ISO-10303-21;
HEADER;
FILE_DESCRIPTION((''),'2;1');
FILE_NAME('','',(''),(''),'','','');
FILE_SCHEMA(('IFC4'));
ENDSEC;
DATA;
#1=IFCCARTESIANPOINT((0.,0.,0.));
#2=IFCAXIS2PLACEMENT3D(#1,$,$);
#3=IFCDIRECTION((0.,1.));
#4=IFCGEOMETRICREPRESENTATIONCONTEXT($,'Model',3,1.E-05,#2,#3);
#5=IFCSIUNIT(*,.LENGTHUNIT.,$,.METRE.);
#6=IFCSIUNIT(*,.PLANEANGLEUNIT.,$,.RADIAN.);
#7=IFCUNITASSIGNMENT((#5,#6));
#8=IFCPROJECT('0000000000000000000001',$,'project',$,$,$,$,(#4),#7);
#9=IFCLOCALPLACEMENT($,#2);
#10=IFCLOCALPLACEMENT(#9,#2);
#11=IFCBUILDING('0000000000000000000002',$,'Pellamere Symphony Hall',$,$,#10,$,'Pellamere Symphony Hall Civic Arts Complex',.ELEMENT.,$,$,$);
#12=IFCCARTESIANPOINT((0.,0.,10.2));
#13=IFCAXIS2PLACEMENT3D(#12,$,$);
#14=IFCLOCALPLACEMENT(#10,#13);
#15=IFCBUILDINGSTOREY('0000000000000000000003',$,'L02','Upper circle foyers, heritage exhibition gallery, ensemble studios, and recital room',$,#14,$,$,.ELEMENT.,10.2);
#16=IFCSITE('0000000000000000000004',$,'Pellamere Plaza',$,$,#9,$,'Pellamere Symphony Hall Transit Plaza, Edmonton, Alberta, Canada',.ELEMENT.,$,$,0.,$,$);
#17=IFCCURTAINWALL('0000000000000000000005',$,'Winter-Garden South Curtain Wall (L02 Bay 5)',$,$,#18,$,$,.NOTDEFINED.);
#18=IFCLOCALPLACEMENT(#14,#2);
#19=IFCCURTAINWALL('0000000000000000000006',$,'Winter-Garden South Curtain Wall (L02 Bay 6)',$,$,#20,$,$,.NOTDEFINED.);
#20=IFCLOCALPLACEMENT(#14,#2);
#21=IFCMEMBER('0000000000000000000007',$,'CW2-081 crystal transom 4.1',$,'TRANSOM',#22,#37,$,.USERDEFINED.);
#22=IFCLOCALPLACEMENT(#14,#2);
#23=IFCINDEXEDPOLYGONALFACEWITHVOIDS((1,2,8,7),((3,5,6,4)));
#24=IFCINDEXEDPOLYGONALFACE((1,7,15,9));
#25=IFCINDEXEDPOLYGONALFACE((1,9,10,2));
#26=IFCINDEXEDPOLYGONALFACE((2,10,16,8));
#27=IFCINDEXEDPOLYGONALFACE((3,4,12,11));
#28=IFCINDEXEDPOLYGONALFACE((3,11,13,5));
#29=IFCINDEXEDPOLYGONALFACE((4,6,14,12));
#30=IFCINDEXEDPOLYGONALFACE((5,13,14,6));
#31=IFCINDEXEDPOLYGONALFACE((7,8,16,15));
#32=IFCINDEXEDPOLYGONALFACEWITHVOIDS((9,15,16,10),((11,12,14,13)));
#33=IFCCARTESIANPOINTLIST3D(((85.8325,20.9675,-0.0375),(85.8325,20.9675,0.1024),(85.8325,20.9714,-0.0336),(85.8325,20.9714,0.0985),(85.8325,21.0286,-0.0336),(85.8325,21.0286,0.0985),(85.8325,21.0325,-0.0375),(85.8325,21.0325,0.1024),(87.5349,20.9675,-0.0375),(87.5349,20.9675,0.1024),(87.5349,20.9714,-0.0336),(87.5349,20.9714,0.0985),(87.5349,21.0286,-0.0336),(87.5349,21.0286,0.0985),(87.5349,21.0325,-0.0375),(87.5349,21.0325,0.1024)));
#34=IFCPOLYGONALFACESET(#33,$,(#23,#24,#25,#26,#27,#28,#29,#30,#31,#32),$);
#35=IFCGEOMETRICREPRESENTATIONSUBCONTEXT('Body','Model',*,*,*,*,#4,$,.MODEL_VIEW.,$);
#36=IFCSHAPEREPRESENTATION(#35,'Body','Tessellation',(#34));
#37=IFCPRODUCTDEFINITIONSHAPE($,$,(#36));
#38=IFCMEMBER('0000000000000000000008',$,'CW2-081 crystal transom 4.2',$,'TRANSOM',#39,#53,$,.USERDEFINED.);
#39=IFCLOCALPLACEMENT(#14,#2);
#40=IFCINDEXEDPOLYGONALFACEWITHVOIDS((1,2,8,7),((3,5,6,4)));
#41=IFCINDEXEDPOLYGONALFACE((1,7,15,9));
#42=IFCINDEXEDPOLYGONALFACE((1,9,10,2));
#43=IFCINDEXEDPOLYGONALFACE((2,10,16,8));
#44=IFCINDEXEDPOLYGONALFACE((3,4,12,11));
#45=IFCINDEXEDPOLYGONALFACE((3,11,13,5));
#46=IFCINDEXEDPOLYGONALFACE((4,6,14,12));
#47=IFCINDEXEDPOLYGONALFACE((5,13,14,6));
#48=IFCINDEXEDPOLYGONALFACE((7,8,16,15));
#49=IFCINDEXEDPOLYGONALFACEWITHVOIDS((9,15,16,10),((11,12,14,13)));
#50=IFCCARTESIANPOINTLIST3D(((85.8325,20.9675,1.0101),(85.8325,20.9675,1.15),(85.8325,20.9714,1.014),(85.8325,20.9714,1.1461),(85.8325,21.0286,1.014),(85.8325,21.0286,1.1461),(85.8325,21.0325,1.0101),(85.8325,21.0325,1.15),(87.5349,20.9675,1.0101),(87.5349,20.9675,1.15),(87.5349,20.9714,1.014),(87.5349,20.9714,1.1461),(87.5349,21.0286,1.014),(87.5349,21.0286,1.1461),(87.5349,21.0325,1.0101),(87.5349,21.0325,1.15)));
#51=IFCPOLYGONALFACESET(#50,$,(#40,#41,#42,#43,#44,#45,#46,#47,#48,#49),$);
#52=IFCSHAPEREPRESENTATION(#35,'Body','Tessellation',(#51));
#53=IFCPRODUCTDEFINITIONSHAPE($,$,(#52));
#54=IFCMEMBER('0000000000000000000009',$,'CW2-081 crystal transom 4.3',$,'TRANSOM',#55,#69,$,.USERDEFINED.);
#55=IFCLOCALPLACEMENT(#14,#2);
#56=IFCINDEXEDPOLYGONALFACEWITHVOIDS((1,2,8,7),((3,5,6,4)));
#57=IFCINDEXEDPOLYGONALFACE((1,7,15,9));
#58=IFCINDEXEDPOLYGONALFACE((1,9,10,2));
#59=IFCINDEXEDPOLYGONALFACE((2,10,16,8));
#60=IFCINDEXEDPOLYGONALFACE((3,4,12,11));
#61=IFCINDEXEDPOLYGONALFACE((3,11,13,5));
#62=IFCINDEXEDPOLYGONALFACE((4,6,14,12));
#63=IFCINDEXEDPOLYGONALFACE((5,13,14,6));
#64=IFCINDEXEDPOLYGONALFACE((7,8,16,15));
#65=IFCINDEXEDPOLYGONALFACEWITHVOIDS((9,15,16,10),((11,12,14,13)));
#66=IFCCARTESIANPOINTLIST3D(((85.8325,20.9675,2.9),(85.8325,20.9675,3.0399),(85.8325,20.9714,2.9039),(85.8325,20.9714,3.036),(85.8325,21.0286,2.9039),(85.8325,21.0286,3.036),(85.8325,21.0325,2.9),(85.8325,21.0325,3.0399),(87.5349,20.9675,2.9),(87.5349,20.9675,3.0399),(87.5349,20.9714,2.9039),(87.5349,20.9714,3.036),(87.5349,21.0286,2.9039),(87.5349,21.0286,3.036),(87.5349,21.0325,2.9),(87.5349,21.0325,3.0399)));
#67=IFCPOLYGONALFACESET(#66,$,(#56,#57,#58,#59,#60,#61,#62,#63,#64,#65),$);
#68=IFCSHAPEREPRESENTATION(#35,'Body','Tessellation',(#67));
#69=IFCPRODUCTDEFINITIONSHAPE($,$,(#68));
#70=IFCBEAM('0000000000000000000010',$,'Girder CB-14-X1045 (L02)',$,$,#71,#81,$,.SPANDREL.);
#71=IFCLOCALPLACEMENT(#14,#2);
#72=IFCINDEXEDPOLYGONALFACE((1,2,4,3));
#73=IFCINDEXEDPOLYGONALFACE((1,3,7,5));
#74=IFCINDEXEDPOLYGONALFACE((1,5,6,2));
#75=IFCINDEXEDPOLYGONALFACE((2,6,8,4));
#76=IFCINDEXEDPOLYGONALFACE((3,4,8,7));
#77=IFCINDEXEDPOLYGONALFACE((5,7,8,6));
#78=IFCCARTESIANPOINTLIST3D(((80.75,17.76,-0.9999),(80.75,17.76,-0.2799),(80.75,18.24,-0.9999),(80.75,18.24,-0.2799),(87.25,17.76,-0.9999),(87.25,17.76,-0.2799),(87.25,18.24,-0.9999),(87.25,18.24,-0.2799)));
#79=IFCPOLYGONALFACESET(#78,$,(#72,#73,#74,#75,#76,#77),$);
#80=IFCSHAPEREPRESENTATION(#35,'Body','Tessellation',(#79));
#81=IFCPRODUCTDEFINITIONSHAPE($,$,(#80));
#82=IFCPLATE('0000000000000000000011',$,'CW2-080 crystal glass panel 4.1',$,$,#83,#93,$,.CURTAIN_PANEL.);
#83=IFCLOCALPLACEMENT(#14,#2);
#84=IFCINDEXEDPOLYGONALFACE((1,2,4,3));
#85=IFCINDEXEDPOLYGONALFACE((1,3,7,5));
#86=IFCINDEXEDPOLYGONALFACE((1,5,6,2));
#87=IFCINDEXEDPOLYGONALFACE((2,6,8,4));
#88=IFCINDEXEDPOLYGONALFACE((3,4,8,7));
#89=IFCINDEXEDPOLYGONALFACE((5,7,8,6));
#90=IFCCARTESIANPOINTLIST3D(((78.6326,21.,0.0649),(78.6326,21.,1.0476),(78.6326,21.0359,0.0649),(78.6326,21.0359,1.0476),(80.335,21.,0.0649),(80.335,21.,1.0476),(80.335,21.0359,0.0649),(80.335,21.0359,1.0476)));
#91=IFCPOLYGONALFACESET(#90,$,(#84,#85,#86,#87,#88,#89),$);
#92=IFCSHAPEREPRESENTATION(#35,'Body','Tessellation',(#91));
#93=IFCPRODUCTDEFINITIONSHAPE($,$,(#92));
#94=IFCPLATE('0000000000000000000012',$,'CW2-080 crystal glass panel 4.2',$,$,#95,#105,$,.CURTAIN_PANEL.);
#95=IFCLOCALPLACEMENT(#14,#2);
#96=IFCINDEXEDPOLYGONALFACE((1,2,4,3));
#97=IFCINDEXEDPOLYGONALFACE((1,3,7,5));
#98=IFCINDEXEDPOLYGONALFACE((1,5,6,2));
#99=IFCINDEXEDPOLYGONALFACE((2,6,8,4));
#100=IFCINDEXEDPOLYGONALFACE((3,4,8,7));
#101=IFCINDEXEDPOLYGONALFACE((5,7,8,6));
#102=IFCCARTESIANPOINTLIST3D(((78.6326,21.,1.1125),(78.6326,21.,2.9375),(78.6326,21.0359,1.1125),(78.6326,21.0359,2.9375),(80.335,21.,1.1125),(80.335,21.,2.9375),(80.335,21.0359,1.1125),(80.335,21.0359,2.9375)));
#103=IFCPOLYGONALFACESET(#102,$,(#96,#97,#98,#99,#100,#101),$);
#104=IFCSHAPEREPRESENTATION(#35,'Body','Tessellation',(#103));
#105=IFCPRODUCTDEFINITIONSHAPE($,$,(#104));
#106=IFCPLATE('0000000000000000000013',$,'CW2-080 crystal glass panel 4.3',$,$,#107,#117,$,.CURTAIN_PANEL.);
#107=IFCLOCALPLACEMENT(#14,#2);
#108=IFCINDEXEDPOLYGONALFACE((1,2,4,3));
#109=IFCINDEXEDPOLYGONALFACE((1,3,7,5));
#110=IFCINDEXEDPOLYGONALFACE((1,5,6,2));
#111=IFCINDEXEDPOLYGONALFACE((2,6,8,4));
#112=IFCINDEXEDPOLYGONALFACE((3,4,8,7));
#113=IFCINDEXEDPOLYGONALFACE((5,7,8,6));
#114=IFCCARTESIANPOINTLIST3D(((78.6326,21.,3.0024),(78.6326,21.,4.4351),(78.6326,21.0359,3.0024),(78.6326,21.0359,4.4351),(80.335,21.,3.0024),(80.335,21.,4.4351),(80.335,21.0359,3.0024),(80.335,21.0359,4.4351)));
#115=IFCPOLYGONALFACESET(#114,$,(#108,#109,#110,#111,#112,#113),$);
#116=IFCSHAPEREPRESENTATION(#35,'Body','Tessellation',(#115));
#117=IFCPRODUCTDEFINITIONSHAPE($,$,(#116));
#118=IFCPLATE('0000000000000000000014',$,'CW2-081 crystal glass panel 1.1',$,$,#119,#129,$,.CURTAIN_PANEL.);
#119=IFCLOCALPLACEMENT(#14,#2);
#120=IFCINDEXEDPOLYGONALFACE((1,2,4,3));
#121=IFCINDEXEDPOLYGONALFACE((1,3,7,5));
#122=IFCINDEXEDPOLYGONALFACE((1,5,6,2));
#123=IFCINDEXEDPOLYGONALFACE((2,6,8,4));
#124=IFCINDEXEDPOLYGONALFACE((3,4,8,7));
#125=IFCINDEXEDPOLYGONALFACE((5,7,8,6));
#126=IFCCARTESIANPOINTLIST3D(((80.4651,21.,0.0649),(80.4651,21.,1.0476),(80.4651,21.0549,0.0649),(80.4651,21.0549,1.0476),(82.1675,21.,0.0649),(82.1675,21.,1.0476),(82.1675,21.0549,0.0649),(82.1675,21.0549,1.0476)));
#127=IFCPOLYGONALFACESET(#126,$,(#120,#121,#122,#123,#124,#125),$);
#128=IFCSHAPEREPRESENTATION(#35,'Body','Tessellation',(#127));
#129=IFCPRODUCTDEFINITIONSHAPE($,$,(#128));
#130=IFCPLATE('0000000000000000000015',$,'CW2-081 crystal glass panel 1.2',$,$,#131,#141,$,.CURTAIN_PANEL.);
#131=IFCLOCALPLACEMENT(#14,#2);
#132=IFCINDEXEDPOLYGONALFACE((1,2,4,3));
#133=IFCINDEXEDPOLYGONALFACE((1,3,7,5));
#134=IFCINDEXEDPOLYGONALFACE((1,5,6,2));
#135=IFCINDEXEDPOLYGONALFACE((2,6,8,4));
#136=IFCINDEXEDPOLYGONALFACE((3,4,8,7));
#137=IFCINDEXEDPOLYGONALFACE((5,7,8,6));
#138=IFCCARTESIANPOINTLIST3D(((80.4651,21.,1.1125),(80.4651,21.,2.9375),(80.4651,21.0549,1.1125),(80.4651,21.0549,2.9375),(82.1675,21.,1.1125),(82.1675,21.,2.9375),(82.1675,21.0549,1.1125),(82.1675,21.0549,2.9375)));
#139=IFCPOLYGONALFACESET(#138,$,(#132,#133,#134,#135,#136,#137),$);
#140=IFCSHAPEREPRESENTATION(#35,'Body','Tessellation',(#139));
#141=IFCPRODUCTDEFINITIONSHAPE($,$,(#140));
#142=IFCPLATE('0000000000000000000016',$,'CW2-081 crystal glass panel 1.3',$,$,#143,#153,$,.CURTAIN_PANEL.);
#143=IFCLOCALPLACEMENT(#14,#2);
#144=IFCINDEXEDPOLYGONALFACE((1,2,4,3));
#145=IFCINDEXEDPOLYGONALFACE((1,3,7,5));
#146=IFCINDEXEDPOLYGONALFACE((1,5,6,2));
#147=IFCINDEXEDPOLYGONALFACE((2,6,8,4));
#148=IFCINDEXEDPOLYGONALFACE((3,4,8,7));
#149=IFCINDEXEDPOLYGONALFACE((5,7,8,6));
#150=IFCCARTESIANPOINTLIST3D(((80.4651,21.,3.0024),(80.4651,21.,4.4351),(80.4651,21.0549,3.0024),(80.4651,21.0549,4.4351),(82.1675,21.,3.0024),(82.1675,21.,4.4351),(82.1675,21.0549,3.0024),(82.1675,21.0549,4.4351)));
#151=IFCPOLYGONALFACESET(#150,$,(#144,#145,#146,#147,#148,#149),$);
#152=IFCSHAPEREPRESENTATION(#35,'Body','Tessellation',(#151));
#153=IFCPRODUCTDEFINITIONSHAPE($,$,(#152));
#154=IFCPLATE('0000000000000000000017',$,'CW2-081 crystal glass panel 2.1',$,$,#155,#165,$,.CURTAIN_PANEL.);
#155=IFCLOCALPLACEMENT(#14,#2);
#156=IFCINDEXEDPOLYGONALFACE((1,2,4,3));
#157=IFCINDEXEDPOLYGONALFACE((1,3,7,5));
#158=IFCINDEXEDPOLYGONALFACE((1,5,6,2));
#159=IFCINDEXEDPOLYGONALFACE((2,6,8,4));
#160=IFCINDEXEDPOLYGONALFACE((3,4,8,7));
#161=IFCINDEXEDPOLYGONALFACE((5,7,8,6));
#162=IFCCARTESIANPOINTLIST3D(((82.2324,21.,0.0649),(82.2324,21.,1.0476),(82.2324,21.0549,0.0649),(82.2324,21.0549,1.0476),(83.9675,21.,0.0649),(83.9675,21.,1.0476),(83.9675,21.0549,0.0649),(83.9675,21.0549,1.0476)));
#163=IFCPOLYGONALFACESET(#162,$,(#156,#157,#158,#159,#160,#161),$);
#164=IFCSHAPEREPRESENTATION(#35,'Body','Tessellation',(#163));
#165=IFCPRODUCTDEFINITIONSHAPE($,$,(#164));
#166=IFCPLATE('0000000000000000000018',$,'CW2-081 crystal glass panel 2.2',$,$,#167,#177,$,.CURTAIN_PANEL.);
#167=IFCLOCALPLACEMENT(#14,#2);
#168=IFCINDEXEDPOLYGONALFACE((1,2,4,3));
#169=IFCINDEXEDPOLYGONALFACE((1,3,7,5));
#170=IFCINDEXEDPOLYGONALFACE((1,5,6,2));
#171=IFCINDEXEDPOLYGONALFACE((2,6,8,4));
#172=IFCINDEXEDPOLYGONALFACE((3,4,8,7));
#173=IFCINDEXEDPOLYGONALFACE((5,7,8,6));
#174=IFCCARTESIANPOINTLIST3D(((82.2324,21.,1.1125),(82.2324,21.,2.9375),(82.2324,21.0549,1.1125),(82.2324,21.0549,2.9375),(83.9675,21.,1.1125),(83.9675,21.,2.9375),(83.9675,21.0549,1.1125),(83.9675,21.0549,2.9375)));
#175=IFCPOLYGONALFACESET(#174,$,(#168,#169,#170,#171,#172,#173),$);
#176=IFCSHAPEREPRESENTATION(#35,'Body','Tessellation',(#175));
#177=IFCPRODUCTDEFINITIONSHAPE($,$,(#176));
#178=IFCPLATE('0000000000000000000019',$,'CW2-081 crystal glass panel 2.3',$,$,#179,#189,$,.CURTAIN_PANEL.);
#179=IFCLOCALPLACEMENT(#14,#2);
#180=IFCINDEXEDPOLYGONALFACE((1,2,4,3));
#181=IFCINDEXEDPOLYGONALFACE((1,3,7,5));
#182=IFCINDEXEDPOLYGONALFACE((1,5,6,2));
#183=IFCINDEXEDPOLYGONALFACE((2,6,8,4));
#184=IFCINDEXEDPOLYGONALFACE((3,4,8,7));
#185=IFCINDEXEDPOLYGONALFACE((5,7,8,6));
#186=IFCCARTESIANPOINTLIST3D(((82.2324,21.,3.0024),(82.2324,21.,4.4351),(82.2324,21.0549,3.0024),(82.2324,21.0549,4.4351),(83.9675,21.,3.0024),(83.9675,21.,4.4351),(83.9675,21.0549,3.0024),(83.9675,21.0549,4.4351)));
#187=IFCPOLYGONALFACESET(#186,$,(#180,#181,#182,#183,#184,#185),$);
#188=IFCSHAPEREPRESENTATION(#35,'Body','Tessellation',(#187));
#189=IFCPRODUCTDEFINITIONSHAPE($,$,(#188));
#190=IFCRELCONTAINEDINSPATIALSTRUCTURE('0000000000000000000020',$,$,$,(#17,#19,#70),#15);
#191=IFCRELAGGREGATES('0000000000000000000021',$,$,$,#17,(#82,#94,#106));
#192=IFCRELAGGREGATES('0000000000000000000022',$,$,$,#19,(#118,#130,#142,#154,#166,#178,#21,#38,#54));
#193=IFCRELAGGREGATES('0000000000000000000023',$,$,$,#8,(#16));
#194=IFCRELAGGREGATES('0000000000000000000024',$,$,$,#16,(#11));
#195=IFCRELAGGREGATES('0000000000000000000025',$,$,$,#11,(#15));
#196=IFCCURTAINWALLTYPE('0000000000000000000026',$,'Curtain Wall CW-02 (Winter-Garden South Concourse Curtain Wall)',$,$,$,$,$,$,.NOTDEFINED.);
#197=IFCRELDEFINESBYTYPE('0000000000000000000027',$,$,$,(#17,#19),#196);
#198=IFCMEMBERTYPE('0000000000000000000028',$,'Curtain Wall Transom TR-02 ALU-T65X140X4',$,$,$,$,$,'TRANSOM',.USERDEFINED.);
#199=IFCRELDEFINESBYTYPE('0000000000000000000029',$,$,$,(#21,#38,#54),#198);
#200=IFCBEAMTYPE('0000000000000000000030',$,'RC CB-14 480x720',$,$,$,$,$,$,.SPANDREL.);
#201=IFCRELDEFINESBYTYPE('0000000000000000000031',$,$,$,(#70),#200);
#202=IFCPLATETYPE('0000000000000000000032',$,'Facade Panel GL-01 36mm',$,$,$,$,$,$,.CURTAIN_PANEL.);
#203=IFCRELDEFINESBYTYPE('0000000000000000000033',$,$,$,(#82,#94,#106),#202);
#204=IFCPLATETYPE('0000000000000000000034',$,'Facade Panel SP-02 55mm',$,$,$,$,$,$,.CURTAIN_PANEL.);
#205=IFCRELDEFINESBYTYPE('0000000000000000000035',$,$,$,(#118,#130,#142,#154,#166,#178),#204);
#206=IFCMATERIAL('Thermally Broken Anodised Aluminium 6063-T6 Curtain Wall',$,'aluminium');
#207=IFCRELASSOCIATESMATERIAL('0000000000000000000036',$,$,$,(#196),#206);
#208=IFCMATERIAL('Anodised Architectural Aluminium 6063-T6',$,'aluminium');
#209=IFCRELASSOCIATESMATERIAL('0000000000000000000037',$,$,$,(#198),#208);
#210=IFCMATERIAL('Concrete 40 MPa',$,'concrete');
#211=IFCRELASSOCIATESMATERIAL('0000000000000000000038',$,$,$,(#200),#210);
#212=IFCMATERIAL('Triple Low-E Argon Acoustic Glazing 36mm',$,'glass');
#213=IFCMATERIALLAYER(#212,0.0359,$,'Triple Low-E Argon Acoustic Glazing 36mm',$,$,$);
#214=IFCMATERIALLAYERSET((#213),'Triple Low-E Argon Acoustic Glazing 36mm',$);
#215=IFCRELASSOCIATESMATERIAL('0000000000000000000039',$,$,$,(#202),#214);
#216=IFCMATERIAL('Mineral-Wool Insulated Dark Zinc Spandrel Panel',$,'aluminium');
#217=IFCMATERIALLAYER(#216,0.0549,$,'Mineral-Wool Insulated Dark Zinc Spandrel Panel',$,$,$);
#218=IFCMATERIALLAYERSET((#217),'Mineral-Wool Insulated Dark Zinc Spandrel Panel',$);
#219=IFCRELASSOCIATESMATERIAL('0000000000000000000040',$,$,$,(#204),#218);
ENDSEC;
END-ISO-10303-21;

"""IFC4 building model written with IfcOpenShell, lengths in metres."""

from ifc_helpers import new_model, si_unit, direction, frame, origin, origin_2d, place, context, subcontext, project, spatial, polyline, rectangle, hollow_rectangle, outline, extrude, material, layer, layer_set, material_profile, profile_set, type_object, element, aggregate, save


model = new_model("IFC4")

# Units and contexts
model_context = context("Model", 3, precision=1e-05, world=origin(), true_north=direction((0.0, 1.0)))
body_context = subcontext(model_context, "Body", "Model", "MODEL_VIEW")
ifc_project = project(units=[si_unit("LENGTHUNIT", "METRE"), si_unit("PLANEANGLEUNIT", "RADIAN")], contexts=[model_context])

# Site, building, storey
site_placement = place(None, origin())
site = spatial("IfcSite", under=ifc_project, at=site_placement, Name="Pellamere Plaza", LongName="Pellamere Symphony Hall Transit Plaza, Edmonton, Alberta, Canada", CompositionType="ELEMENT", RefElevation=0.0)
building_placement = place(site_placement, origin())
building = spatial("IfcBuilding", under=site, at=building_placement, Name="Pellamere Symphony Hall", LongName="Pellamere Symphony Hall Civic Arts Complex", CompositionType="ELEMENT")
storey_placement = place(building_placement, frame((0.0, 0.0, 10.2)))
storey = spatial("IfcBuildingStorey", under=building, at=storey_placement, Name="L02", Description="Upper circle foyers, heritage exhibition gallery, ensemble studios, and recital room", CompositionType="ELEMENT", Elevation=10.2)

# Curtain walls
ifc_material_1 = material(Name="Thermally Broken Anodised Aluminium 6063-T6 Curtain Wall", Category="aluminium")
curtain_wall_type = type_object("IfcCurtainWallType", Name="Curtain Wall CW-02 (Winter-Garden South Concourse Curtain Wall)", PredefinedType="NOTDEFINED", material=ifc_material_1)
curtain_wall_1_placement = place(storey_placement, origin())
curtain_wall_1 = element("IfcCurtainWall", 1, at=curtain_wall_1_placement, inside=storey, type_object=curtain_wall_type, Name="Winter-Garden South Curtain Wall (L02 Bay 5)", PredefinedType="NOTDEFINED")
ifc_material_2 = material(Name="Anodised Architectural Aluminium 6063-T6", Category="aluminium")
curtain_wall_2_placement = place(storey_placement, origin())
curtain_wall_2 = element("IfcCurtainWall", 2, at=curtain_wall_2_placement, inside=storey, type_object=curtain_wall_type, Name="Winter-Garden South Curtain Wall (L02 Bay 6)", PredefinedType="NOTDEFINED")

# Members
ifc_material_profile_1 = material_profile(ifc_material_2, hollow_rectangle(XDim=0.0649, YDim=0.1399, WallThickness=0.0039, at=origin_2d()), Name="ALU-T65X140X4")
ifc_profile_set_1 = profile_set([ifc_material_profile_1], Name="Anodised Architectural Aluminium 6063-T6")
member_type_1 = type_object("IfcMemberType", Name="Curtain Wall Transom TR-02 ALU-T65X140X4", ElementType="TRANSOM", PredefinedType="USERDEFINED", material=ifc_profile_set_1)
member_1_placement = place(storey_placement, frame((85.8325, 21.0, 0.0325), z_axis=(1.0, 0.0, 0.0), x_axis=(0.0, 1.0, 0.0)))
member_1 = element("IfcMember", 3, at=member_1_placement, type_object=member_type_1, Name="CW2-081 crystal transom 4.1", ObjectType="TRANSOM", PredefinedType="USERDEFINED", context=body_context, shape_type="SweptSolid", body=[
    extrude(hollow_rectangle(XDim=0.0649, YDim=0.1399, WallThickness=0.0039, at=origin_2d()), origin(), (0.0, 0.0, 1.0), 1.7024),
])
member_2_placement = place(storey_placement, frame((85.8325, 21.0, 1.0801), z_axis=(1.0, 0.0, 0.0), x_axis=(0.0, 1.0, 0.0)))
member_2 = element("IfcMember", 4, at=member_2_placement, type_object=member_type_1, Name="CW2-081 crystal transom 4.2", ObjectType="TRANSOM", PredefinedType="USERDEFINED", context=body_context, shape_type="SweptSolid", body=[
    extrude(hollow_rectangle(XDim=0.0649, YDim=0.1399, WallThickness=0.0039, at=origin_2d()), origin(), (0.0, 0.0, 1.0), 1.7024),
])
member_3_placement = place(storey_placement, frame((85.8325, 21.0, 2.97), z_axis=(1.0, 0.0, 0.0), x_axis=(0.0, 1.0, 0.0)))
member_3 = element("IfcMember", 5, at=member_3_placement, type_object=member_type_1, Name="CW2-081 crystal transom 4.3", ObjectType="TRANSOM", PredefinedType="USERDEFINED", context=body_context, shape_type="SweptSolid", body=[
    extrude(hollow_rectangle(XDim=0.0649, YDim=0.1399, WallThickness=0.0039, at=origin_2d()), origin(), (0.0, 0.0, 1.0), 1.7024),
])

# Beam
ifc_material_3 = material(Name="Concrete 40 MPa", Category="concrete")
ifc_material_profile_2 = material_profile(ifc_material_3, rectangle(XDim=0.48, YDim=0.72, at=origin_2d()), Name="RC 480x720")
ifc_profile_set_2 = profile_set([ifc_material_profile_2], Name="Concrete 40 MPa")
beam_type = type_object("IfcBeamType", Name="RC CB-14 480x720", PredefinedType="SPANDREL", material=ifc_profile_set_2)
beam_placement = place(storey_placement, frame((80.75, 18.0, -0.6399), z_axis=(1.0, 0.0, 0.0), x_axis=(0.0, 1.0, 0.0)))
element("IfcBeam", 6, at=beam_placement, inside=storey, type_object=beam_type, Name="Girder CB-14-X1045 (L02)", PredefinedType="SPANDREL", context=body_context, shape_type="SweptSolid", body=[
    extrude(rectangle(XDim=0.48, YDim=0.72, at=origin_2d()), origin(), (0.0, 0.0, 1.0), 6.5),
])

# Plates
ifc_material_4 = material(Name="Triple Low-E Argon Acoustic Glazing 36mm", Category="glass")
ifc_layer_1 = layer(ifc_material_4, 0.0359, Name="Triple Low-E Argon Acoustic Glazing 36mm")
ifc_layer_set_1 = layer_set([ifc_layer_1], Name="Triple Low-E Argon Acoustic Glazing 36mm")
plate_type_1 = type_object("IfcPlateType", Name="Facade Panel GL-01 36mm", PredefinedType="CURTAIN_PANEL", material=ifc_layer_set_1)
plate_1_placement = place(storey_placement, frame((78.6326, 21.0, 0.0649), z_axis=(0.0, -1.0, 0.0), x_axis=(1.0, 0.0, 0.0)))
plate_1 = element("IfcPlate", 7, at=plate_1_placement, type_object=plate_type_1, Name="CW2-080 crystal glass panel 4.1", PredefinedType="CURTAIN_PANEL", context=body_context, shape_type="SweptSolid", body=[
    extrude(outline(polyline([(0.0, 0.0), (1.7024, 0.0), (1.7024, 0.9827), (0.0, 0.9827), (0.0, 0.0)])), origin(), (0.0, 0.0, -1.0), 0.0359),
])
plate_2_placement = place(storey_placement, frame((78.6326, 21.0, 1.1125), z_axis=(0.0, -1.0, 0.0), x_axis=(1.0, 0.0, 0.0)))
plate_2 = element("IfcPlate", 8, at=plate_2_placement, type_object=plate_type_1, Name="CW2-080 crystal glass panel 4.2", PredefinedType="CURTAIN_PANEL", context=body_context, shape_type="SweptSolid", body=[
    extrude(outline(polyline([(0.0, 0.0), (1.7024, 0.0), (1.7024, 1.825), (0.0, 1.825), (0.0, 0.0)])), origin(), (0.0, 0.0, -1.0), 0.0359),
])
plate_3_placement = place(storey_placement, frame((78.6326, 21.0, 3.0024), z_axis=(0.0, -1.0, 0.0), x_axis=(1.0, 0.0, 0.0)))
plate_3 = element("IfcPlate", 9, at=plate_3_placement, type_object=plate_type_1, Name="CW2-080 crystal glass panel 4.3", PredefinedType="CURTAIN_PANEL", context=body_context, shape_type="SweptSolid", body=[
    extrude(outline(polyline([(0.0, 0.0), (1.7024, 0.0), (1.7024, 1.4326), (0.0, 1.4326), (0.0, 0.0)])), origin(), (0.0, 0.0, -1.0), 0.0359),
])
aggregate(curtain_wall_1, [plate_1, plate_2, plate_3])
ifc_material_5 = material(Name="Mineral-Wool Insulated Dark Zinc Spandrel Panel", Category="aluminium")
ifc_layer_2 = layer(ifc_material_5, 0.0549, Name="Mineral-Wool Insulated Dark Zinc Spandrel Panel")
ifc_layer_set_2 = layer_set([ifc_layer_2], Name="Mineral-Wool Insulated Dark Zinc Spandrel Panel")
plate_type_2 = type_object("IfcPlateType", Name="Facade Panel SP-02 55mm", PredefinedType="CURTAIN_PANEL", material=ifc_layer_set_2)
plate_4_placement = place(storey_placement, frame((80.4651, 21.0, 0.0649), z_axis=(0.0, -1.0, 0.0), x_axis=(1.0, 0.0, 0.0)))
plate_4 = element("IfcPlate", 10, at=plate_4_placement, type_object=plate_type_2, Name="CW2-081 crystal glass panel 1.1", PredefinedType="CURTAIN_PANEL", context=body_context, shape_type="SweptSolid", body=[
    extrude(outline(polyline([(0.0, 0.0), (1.7024, 0.0), (1.7024, 0.9827), (0.0, 0.9827), (0.0, 0.0)])), origin(), (0.0, 0.0, -1.0), 0.0549),
])
plate_5_placement = place(storey_placement, frame((80.4651, 21.0, 1.1125), z_axis=(0.0, -1.0, 0.0), x_axis=(1.0, 0.0, 0.0)))
plate_5 = element("IfcPlate", 11, at=plate_5_placement, type_object=plate_type_2, Name="CW2-081 crystal glass panel 1.2", PredefinedType="CURTAIN_PANEL", context=body_context, shape_type="SweptSolid", body=[
    extrude(outline(polyline([(0.0, 0.0), (1.7024, 0.0), (1.7024, 1.825), (0.0, 1.825), (0.0, 0.0)])), origin(), (0.0, 0.0, -1.0), 0.0549),
])
plate_6_placement = place(storey_placement, frame((80.4651, 21.0, 3.0024), z_axis=(0.0, -1.0, 0.0), x_axis=(1.0, 0.0, 0.0)))
plate_6 = element("IfcPlate", 12, at=plate_6_placement, type_object=plate_type_2, Name="CW2-081 crystal glass panel 1.3", PredefinedType="CURTAIN_PANEL", context=body_context, shape_type="SweptSolid", body=[
    extrude(outline(polyline([(0.0, 0.0), (1.7024, 0.0), (1.7024, 1.4326), (0.0, 1.4326), (0.0, 0.0)])), origin(), (0.0, 0.0, -1.0), 0.0549),
])
plate_7_placement = place(storey_placement, frame((82.2324, 21.0, 0.0649), z_axis=(0.0, -1.0, 0.0), x_axis=(1.0, 0.0, 0.0)))
plate_7 = element("IfcPlate", 13, at=plate_7_placement, type_object=plate_type_2, Name="CW2-081 crystal glass panel 2.1", PredefinedType="CURTAIN_PANEL", context=body_context, shape_type="SweptSolid", body=[
    extrude(outline(polyline([(0.0, 0.0), (1.7351, 0.0), (1.7351, 0.9827), (0.0, 0.9827), (0.0, 0.0)])), origin(), (0.0, 0.0, -1.0), 0.0549),
])
plate_8_placement = place(storey_placement, frame((82.2324, 21.0, 1.1125), z_axis=(0.0, -1.0, 0.0), x_axis=(1.0, 0.0, 0.0)))
plate_8 = element("IfcPlate", 14, at=plate_8_placement, type_object=plate_type_2, Name="CW2-081 crystal glass panel 2.2", PredefinedType="CURTAIN_PANEL", context=body_context, shape_type="SweptSolid", body=[
    extrude(outline(polyline([(0.0, 0.0), (1.7351, 0.0), (1.7351, 1.825), (0.0, 1.825), (0.0, 0.0)])), origin(), (0.0, 0.0, -1.0), 0.0549),
])
plate_9_placement = place(storey_placement, frame((82.2324, 21.0, 3.0024), z_axis=(0.0, -1.0, 0.0), x_axis=(1.0, 0.0, 0.0)))
plate_9 = element("IfcPlate", 15, at=plate_9_placement, type_object=plate_type_2, Name="CW2-081 crystal glass panel 2.3", PredefinedType="CURTAIN_PANEL", context=body_context, shape_type="SweptSolid", body=[
    extrude(outline(polyline([(0.0, 0.0), (1.7351, 0.0), (1.7351, 1.4326), (0.0, 1.4326), (0.0, 0.0)])), origin(), (0.0, 0.0, -1.0), 0.0549),
])
aggregate(curtain_wall_2, [plate_4, plate_5, plate_6, plate_7, plate_8, plate_9, member_1, member_2, member_3])

save(model, "model.ifc")
